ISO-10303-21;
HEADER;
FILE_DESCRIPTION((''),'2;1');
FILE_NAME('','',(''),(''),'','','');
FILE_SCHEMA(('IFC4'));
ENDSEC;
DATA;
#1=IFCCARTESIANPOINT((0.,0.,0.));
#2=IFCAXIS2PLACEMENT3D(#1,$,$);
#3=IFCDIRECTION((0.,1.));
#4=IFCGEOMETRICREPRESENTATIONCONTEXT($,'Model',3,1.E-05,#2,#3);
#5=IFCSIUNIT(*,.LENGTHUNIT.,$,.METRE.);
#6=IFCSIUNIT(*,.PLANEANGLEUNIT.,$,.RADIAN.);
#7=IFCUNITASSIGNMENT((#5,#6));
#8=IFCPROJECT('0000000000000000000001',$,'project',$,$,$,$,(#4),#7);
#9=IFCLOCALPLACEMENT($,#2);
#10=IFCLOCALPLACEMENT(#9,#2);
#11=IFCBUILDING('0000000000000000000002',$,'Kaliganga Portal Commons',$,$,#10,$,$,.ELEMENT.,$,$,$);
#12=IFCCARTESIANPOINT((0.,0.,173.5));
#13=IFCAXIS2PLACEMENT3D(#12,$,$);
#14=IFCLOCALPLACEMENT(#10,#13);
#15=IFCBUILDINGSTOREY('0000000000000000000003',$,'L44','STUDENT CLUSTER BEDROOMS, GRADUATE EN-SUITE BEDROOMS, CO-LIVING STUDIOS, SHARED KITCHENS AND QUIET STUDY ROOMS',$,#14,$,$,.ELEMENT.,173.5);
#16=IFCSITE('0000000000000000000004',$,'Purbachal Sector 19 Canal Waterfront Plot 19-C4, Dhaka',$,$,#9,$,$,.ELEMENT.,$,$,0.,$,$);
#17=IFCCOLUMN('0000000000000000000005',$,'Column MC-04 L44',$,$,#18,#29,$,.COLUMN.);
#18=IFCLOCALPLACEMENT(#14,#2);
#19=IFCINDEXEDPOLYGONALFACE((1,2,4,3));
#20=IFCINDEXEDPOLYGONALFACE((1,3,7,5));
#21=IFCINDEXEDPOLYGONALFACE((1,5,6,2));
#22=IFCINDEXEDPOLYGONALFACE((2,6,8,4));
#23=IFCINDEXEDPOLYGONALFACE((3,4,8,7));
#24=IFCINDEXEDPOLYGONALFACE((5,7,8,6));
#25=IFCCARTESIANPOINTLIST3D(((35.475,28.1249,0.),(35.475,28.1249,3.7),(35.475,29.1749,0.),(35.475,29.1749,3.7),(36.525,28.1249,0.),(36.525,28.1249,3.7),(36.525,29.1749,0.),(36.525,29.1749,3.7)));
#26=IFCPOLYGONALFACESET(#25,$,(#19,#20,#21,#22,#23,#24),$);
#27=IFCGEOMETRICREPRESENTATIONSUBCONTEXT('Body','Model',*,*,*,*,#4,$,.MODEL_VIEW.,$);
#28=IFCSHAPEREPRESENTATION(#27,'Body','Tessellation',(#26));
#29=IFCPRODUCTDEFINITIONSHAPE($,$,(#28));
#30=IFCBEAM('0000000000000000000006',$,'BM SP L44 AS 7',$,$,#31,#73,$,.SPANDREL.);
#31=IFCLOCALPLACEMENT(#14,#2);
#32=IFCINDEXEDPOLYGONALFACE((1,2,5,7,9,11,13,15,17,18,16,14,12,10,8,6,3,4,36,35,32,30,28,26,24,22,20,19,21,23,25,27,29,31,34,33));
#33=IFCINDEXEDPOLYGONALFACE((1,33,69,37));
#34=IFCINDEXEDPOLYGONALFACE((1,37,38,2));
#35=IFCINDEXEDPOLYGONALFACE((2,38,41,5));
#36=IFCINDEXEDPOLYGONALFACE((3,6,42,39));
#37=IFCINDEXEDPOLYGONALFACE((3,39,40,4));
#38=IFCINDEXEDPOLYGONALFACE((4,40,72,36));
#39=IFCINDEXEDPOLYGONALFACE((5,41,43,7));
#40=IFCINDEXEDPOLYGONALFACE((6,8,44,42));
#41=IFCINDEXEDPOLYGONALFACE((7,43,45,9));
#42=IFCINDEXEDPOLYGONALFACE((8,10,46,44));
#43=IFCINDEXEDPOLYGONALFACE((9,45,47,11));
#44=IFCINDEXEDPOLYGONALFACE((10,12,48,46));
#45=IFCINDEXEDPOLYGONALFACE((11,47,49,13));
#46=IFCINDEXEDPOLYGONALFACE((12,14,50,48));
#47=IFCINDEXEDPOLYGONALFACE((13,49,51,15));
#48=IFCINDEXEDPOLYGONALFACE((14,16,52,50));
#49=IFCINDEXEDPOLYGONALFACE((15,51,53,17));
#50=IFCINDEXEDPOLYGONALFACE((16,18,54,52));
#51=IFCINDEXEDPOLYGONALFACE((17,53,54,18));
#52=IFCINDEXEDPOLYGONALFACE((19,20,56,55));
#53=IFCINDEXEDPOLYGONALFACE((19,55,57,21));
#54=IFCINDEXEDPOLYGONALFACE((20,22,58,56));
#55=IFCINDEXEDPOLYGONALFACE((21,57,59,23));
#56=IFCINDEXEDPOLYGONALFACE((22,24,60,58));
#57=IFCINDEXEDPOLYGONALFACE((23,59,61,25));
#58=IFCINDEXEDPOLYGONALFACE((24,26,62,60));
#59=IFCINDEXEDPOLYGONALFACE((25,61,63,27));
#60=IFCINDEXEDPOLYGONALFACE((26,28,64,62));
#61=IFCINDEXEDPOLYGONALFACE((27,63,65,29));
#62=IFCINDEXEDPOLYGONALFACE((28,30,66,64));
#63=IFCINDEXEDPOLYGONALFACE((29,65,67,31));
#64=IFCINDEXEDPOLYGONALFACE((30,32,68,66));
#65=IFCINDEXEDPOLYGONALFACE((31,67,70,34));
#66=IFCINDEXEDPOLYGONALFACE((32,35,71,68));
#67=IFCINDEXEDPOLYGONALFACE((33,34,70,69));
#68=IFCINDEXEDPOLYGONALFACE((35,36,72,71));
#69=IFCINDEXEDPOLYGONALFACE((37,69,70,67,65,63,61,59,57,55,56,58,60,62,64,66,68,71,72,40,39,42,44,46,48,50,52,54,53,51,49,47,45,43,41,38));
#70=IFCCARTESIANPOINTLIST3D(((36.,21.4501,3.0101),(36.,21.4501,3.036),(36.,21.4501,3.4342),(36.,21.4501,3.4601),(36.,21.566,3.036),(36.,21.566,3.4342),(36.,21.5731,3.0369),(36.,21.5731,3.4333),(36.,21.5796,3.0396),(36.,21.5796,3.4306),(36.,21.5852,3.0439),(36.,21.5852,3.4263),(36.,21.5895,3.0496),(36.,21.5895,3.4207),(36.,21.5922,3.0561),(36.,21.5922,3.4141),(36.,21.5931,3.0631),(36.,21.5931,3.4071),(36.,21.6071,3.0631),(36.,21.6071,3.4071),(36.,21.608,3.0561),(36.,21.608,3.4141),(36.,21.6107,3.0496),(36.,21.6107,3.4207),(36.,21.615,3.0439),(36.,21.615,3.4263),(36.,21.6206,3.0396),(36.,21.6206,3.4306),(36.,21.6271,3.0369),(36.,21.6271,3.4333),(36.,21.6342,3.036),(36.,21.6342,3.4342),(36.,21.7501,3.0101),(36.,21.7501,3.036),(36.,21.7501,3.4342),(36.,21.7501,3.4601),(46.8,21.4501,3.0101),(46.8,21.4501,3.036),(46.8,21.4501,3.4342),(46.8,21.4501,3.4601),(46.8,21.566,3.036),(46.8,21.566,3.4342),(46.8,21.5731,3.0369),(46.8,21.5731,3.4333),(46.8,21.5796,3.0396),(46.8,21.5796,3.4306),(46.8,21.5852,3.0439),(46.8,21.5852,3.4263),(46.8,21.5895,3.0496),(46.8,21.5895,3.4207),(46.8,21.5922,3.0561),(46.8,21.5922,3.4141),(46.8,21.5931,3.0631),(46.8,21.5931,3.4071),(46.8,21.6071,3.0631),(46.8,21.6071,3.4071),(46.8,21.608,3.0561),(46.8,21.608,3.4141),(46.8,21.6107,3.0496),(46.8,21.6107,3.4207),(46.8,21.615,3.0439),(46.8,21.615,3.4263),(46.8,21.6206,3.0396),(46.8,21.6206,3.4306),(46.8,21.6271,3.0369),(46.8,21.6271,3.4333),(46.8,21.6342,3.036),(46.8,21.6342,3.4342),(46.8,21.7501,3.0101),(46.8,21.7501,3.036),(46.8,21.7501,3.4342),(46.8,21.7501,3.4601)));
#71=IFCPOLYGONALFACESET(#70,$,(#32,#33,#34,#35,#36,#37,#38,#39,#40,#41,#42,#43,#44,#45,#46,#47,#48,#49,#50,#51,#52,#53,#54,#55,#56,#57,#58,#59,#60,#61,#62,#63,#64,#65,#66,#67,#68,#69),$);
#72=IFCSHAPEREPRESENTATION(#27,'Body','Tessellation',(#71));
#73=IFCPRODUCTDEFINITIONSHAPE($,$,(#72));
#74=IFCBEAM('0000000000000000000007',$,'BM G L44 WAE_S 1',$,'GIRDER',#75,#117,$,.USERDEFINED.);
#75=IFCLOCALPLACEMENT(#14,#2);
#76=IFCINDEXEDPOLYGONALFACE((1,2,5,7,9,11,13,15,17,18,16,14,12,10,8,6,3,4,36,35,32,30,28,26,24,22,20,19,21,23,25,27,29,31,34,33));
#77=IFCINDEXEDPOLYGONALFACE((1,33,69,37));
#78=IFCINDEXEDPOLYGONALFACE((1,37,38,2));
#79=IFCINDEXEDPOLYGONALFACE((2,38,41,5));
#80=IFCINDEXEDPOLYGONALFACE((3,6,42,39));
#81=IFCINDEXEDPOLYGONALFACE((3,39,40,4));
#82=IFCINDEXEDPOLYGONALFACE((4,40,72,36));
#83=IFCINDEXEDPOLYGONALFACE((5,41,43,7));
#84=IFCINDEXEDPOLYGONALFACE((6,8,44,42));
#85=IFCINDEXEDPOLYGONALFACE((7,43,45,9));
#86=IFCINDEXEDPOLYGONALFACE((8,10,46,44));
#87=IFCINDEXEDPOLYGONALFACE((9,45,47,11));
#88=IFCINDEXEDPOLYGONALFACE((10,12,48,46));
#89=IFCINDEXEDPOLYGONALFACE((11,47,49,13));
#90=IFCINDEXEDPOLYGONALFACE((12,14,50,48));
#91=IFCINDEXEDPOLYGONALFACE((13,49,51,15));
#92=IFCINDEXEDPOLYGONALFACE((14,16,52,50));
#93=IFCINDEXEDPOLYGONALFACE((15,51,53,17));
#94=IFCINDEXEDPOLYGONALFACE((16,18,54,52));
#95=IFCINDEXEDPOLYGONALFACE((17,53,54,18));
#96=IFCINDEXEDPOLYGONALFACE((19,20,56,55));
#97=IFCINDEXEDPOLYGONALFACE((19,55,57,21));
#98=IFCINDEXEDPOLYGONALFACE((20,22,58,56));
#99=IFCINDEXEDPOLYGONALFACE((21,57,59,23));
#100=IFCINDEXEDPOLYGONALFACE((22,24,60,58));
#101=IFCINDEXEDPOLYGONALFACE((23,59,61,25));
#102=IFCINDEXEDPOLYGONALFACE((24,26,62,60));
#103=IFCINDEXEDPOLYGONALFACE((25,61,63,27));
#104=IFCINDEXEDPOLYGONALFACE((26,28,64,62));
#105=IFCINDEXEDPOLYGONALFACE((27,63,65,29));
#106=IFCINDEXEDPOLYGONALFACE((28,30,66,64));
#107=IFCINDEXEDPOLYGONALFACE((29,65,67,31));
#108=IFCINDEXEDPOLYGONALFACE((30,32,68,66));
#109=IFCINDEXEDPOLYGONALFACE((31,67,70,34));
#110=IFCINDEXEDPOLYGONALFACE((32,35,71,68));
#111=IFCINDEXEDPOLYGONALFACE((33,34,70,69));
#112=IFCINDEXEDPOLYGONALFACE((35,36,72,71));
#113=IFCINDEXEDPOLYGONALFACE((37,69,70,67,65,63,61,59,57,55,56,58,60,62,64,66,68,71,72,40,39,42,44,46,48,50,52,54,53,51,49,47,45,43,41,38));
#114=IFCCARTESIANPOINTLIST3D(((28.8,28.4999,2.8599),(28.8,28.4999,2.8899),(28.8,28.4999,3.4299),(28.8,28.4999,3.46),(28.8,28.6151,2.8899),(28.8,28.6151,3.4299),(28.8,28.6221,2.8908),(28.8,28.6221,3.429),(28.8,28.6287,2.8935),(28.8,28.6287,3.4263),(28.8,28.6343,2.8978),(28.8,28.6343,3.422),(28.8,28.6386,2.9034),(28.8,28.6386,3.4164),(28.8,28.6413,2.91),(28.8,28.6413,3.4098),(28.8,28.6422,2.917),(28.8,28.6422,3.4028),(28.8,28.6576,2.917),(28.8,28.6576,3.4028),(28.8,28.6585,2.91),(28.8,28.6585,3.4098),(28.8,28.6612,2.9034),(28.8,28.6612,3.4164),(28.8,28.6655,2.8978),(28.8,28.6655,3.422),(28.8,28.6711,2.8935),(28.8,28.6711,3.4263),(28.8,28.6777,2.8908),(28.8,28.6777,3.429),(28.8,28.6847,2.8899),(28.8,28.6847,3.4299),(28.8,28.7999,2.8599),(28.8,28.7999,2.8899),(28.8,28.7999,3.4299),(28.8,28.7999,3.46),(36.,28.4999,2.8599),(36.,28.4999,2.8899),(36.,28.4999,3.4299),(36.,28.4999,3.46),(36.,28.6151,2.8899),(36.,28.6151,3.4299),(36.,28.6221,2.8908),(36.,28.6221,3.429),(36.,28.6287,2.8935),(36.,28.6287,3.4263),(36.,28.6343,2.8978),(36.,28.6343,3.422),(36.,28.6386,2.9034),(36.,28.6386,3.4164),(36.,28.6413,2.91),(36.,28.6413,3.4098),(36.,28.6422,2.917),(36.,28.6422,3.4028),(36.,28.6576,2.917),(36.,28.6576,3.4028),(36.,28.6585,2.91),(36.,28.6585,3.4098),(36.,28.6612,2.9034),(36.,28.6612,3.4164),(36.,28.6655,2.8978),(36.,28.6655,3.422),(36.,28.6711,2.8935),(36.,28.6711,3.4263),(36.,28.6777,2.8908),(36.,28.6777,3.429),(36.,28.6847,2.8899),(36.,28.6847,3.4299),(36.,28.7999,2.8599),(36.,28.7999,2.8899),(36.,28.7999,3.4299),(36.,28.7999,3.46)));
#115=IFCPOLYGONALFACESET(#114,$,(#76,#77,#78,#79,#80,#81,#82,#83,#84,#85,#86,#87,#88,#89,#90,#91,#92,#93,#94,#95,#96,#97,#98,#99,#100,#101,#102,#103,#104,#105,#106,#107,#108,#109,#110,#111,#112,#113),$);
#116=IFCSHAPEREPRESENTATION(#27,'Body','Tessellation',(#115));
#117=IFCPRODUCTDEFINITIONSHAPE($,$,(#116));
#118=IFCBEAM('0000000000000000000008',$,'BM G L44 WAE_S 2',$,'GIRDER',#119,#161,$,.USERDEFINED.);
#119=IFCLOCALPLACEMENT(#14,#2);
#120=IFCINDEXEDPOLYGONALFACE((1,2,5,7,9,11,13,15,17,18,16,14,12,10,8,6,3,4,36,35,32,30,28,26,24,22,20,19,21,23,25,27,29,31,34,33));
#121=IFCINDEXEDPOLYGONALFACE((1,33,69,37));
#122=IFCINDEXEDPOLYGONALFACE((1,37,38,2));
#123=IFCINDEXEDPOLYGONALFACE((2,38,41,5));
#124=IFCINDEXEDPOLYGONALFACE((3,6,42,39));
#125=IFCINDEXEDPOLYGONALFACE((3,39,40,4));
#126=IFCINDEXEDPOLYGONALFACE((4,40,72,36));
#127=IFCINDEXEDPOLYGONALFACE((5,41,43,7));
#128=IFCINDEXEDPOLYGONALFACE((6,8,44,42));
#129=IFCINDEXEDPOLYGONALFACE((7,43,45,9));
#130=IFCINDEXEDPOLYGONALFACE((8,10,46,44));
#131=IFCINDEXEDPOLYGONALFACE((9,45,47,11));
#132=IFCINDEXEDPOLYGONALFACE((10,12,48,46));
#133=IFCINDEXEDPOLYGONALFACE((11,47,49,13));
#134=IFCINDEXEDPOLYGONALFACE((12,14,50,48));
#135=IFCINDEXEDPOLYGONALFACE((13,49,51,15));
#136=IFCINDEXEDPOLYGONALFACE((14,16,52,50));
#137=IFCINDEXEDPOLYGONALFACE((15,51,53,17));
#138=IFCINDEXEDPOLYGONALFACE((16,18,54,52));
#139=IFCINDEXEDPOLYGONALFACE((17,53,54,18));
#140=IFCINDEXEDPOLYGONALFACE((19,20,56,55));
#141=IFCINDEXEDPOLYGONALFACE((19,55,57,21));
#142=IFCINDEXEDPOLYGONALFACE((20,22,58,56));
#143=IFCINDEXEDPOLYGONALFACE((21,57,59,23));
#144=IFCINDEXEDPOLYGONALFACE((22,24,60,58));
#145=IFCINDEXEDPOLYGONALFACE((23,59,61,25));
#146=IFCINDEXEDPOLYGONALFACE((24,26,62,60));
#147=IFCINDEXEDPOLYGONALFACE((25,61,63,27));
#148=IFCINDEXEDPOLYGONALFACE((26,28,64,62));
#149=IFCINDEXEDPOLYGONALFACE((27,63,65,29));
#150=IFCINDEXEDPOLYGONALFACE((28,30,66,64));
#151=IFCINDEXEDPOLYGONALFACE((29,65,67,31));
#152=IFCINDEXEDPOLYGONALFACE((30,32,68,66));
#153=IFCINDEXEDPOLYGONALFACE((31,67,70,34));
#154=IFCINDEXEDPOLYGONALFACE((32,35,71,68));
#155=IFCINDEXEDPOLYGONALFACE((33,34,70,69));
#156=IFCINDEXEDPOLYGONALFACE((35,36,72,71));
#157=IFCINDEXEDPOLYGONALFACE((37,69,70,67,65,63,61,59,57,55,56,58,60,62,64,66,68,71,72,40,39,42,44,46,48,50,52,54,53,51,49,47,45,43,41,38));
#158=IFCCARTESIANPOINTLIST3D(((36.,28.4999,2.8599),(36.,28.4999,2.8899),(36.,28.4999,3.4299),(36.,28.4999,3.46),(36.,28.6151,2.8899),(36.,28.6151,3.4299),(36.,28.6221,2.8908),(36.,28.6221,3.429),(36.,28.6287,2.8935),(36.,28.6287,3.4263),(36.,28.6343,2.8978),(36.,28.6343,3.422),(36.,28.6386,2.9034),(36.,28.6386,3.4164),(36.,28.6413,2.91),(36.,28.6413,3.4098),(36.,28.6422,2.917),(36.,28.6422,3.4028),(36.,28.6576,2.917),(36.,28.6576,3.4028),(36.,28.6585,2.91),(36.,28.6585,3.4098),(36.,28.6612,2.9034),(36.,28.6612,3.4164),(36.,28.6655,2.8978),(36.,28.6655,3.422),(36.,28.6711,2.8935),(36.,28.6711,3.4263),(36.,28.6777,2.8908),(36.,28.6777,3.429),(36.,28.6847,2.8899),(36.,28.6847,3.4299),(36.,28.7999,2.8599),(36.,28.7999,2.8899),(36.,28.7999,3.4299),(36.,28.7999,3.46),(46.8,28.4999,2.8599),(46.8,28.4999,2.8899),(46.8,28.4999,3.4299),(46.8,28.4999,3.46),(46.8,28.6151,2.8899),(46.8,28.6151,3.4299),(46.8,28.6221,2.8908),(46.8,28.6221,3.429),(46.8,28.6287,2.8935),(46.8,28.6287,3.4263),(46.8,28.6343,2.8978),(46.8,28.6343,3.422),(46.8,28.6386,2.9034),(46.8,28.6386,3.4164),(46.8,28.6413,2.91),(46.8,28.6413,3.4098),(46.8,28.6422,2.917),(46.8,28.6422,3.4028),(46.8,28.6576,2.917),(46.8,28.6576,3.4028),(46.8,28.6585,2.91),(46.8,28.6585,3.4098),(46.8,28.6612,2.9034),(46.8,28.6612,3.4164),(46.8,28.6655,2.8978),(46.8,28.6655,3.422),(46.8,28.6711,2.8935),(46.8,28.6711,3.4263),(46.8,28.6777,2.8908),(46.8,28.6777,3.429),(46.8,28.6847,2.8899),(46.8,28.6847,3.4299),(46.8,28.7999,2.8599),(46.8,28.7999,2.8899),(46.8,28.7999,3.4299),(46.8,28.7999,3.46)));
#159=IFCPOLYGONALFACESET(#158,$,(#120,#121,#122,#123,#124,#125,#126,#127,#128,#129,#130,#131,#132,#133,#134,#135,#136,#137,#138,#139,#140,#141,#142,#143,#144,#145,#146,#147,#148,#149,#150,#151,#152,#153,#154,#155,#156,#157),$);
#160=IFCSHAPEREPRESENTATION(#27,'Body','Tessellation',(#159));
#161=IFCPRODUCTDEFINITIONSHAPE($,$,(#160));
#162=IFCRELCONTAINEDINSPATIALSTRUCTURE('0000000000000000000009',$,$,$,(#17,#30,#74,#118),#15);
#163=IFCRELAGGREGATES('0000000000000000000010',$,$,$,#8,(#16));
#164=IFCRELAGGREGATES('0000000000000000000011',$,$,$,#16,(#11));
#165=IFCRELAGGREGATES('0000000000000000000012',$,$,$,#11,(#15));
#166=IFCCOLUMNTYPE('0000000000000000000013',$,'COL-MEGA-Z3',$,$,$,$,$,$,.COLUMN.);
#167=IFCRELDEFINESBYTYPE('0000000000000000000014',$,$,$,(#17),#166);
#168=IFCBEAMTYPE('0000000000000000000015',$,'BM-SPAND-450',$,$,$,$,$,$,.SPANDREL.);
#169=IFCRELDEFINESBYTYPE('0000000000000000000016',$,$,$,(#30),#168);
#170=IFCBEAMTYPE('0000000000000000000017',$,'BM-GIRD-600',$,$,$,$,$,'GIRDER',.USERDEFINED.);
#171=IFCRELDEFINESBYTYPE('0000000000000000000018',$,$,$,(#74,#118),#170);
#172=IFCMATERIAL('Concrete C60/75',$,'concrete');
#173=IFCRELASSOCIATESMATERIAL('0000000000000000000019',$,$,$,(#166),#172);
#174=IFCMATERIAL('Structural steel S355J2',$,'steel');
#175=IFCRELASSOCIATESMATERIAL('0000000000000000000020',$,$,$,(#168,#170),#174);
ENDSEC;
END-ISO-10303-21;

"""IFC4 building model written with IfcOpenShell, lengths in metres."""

from ifc_helpers import new_model, si_unit, direction, frame, origin, origin_2d, place, context, subcontext, project, spatial, rectangle, i_section, extrude, source, transform, mapped, material, material_profile, profile_set, type_object, element, save


model = new_model("IFC4")

# Units and contexts
model_context = context("Model", 3, precision=1e-05, world=origin(), true_north=direction((0.0, 1.0)))
body_context = subcontext(model_context, "Body", "Model", "MODEL_VIEW")
ifc_project = project(units=[si_unit("LENGTHUNIT", "METRE"), si_unit("PLANEANGLEUNIT", "RADIAN")], contexts=[model_context])

# Site, building, storey
site_placement = place(None, origin())
site = spatial("IfcSite", under=ifc_project, at=site_placement, Name="Purbachal Sector 19 Canal Waterfront Plot 19-C4, Dhaka", CompositionType="ELEMENT", RefElevation=0.0)
building_placement = place(site_placement, origin())
building = spatial("IfcBuilding", under=site, at=building_placement, Name="Kaliganga Portal Commons", CompositionType="ELEMENT")
storey_placement = place(building_placement, frame((0.0, 0.0, 173.5)))
storey = spatial("IfcBuildingStorey", under=building, at=storey_placement, Name="L44", Description="STUDENT CLUSTER BEDROOMS, GRADUATE EN-SUITE BEDROOMS, CO-LIVING STUDIOS, SHARED KITCHENS AND QUIET STUDY ROOMS", CompositionType="ELEMENT", Elevation=173.5)

# Column
ifc_material_1 = material(Name="Concrete C60/75", Category="concrete")
ifc_material_profile_1 = material_profile(ifc_material_1, rectangle(XDim=1.05, YDim=1.05, at=origin_2d()), Name="RC 1050x1050")
ifc_profile_set_1 = profile_set([ifc_material_profile_1], Name="Concrete C60/75")
column_type = type_object("IfcColumnType", Name="COL-MEGA-Z3", PredefinedType="COLUMN", material=ifc_profile_set_1)
shared_shape_1 = source(origin(), body_context, "Body", "SweptSolid", [
    extrude(rectangle(XDim=1.05, YDim=1.05, at=origin_2d()), origin(), (0.0, 0.0, 1.0), 3.7),
])
column_placement = place(storey_placement, frame((36.0, 28.6499, 0.0), z_axis=(0.0, 0.0, 1.0), x_axis=(1.0, 0.0, 0.0)))
element("IfcColumn", 1, at=column_placement, inside=storey, type_object=column_type, Name="Column MC-04 L44", PredefinedType="COLUMN", context=body_context, shape_type="MappedRepresentation", body=[
    mapped(shared_shape_1, transform((0.0, 0.0, 0.0), x_axis=(1.0, 0.0, 0.0), y_axis=(0.0, 1.0, 0.0), z_axis=(0.0, 0.0, 1.0), scale=1.0)),
])

# Beams
ifc_material_2 = material(Name="Structural steel S355J2", Category="steel")
ifc_material_profile_2 = material_profile(ifc_material_2, i_section(OverallWidth=0.3, OverallDepth=0.45, WebThickness=0.0139, FlangeThickness=0.0259, FilletRadius=0.0271, at=origin_2d()), Name="HE 450 B")
ifc_profile_set_2 = profile_set([ifc_material_profile_2], Name="Structural steel S355J2 wide-flange")
beam_type_1 = type_object("IfcBeamType", Name="BM-SPAND-450", PredefinedType="SPANDREL", material=ifc_profile_set_2)
shared_shape_2 = source(origin(), body_context, "Body", "SweptSolid", [
    extrude(i_section(OverallWidth=0.3, OverallDepth=0.45, WebThickness=0.0139, FlangeThickness=0.0259, FilletRadius=0.0271, at=origin_2d()), origin(), (0.0, 0.0, 1.0), 10.8),
])
beam_1_placement = place(storey_placement, frame((36.0, 21.6001, 3.2351), z_axis=(1.0, 0.0, 0.0), x_axis=(0.0, 1.0, 0.0)))
element("IfcBeam", 2, at=beam_1_placement, inside=storey, type_object=beam_type_1, Name="BM SP L44 AS 7", PredefinedType="SPANDREL", context=body_context, shape_type="MappedRepresentation", body=[
    mapped(shared_shape_2, transform((0.0, 0.0, 0.0), x_axis=(1.0, 0.0, 0.0), y_axis=(0.0, 1.0, 0.0), z_axis=(0.0, 0.0, 1.0), scale=1.0)),
])
ifc_material_profile_3 = material_profile(ifc_material_2, i_section(OverallWidth=0.3, OverallDepth=0.6001, WebThickness=0.0154, FlangeThickness=0.03, FilletRadius=0.0271, at=origin_2d()), Name="HE 600 B")
ifc_profile_set_3 = profile_set([ifc_material_profile_3], Name="Structural steel S355J2 wide-flange")
beam_type_2 = type_object("IfcBeamType", Name="BM-GIRD-600", ElementType="GIRDER", PredefinedType="USERDEFINED", material=ifc_profile_set_3)
shared_shape_3 = source(origin(), body_context, "Body", "SweptSolid", [
    extrude(i_section(OverallWidth=0.3, OverallDepth=0.6001, WebThickness=0.0154, FlangeThickness=0.03, FilletRadius=0.0271, at=origin_2d()), origin(), (0.0, 0.0, 1.0), 7.2),
])
beam_2_placement = place(storey_placement, frame((28.8, 28.6499, 3.1599), z_axis=(1.0, 0.0, 0.0), x_axis=(0.0, 1.0, 0.0)))
element("IfcBeam", 3, at=beam_2_placement, inside=storey, type_object=beam_type_2, Name="BM G L44 WAE_S 1", ObjectType="GIRDER", PredefinedType="USERDEFINED", context=body_context, shape_type="MappedRepresentation", body=[
    mapped(shared_shape_3, transform((0.0, 0.0, 0.0), x_axis=(1.0, 0.0, 0.0), y_axis=(0.0, 1.0, 0.0), z_axis=(0.0, 0.0, 1.0), scale=1.0)),
])
shared_shape_4 = source(origin(), body_context, "Body", "SweptSolid", [
    extrude(i_section(OverallWidth=0.3, OverallDepth=0.6001, WebThickness=0.0154, FlangeThickness=0.03, FilletRadius=0.0271, at=origin_2d()), origin(), (0.0, 0.0, 1.0), 10.8),
])
beam_3_placement = place(storey_placement, frame((36.0, 28.6499, 3.1599), z_axis=(1.0, 0.0, 0.0), x_axis=(0.0, 1.0, 0.0)))
element("IfcBeam", 4, at=beam_3_placement, inside=storey, type_object=beam_type_2, Name="BM G L44 WAE_S 2", ObjectType="GIRDER", PredefinedType="USERDEFINED", context=body_context, shape_type="MappedRepresentation", body=[
    mapped(shared_shape_4, transform((0.0, 0.0, 0.0), x_axis=(1.0, 0.0, 0.0), y_axis=(0.0, 1.0, 0.0), z_axis=(0.0, 0.0, 1.0), scale=1.0)),
])

save(model, "model.ifc")
